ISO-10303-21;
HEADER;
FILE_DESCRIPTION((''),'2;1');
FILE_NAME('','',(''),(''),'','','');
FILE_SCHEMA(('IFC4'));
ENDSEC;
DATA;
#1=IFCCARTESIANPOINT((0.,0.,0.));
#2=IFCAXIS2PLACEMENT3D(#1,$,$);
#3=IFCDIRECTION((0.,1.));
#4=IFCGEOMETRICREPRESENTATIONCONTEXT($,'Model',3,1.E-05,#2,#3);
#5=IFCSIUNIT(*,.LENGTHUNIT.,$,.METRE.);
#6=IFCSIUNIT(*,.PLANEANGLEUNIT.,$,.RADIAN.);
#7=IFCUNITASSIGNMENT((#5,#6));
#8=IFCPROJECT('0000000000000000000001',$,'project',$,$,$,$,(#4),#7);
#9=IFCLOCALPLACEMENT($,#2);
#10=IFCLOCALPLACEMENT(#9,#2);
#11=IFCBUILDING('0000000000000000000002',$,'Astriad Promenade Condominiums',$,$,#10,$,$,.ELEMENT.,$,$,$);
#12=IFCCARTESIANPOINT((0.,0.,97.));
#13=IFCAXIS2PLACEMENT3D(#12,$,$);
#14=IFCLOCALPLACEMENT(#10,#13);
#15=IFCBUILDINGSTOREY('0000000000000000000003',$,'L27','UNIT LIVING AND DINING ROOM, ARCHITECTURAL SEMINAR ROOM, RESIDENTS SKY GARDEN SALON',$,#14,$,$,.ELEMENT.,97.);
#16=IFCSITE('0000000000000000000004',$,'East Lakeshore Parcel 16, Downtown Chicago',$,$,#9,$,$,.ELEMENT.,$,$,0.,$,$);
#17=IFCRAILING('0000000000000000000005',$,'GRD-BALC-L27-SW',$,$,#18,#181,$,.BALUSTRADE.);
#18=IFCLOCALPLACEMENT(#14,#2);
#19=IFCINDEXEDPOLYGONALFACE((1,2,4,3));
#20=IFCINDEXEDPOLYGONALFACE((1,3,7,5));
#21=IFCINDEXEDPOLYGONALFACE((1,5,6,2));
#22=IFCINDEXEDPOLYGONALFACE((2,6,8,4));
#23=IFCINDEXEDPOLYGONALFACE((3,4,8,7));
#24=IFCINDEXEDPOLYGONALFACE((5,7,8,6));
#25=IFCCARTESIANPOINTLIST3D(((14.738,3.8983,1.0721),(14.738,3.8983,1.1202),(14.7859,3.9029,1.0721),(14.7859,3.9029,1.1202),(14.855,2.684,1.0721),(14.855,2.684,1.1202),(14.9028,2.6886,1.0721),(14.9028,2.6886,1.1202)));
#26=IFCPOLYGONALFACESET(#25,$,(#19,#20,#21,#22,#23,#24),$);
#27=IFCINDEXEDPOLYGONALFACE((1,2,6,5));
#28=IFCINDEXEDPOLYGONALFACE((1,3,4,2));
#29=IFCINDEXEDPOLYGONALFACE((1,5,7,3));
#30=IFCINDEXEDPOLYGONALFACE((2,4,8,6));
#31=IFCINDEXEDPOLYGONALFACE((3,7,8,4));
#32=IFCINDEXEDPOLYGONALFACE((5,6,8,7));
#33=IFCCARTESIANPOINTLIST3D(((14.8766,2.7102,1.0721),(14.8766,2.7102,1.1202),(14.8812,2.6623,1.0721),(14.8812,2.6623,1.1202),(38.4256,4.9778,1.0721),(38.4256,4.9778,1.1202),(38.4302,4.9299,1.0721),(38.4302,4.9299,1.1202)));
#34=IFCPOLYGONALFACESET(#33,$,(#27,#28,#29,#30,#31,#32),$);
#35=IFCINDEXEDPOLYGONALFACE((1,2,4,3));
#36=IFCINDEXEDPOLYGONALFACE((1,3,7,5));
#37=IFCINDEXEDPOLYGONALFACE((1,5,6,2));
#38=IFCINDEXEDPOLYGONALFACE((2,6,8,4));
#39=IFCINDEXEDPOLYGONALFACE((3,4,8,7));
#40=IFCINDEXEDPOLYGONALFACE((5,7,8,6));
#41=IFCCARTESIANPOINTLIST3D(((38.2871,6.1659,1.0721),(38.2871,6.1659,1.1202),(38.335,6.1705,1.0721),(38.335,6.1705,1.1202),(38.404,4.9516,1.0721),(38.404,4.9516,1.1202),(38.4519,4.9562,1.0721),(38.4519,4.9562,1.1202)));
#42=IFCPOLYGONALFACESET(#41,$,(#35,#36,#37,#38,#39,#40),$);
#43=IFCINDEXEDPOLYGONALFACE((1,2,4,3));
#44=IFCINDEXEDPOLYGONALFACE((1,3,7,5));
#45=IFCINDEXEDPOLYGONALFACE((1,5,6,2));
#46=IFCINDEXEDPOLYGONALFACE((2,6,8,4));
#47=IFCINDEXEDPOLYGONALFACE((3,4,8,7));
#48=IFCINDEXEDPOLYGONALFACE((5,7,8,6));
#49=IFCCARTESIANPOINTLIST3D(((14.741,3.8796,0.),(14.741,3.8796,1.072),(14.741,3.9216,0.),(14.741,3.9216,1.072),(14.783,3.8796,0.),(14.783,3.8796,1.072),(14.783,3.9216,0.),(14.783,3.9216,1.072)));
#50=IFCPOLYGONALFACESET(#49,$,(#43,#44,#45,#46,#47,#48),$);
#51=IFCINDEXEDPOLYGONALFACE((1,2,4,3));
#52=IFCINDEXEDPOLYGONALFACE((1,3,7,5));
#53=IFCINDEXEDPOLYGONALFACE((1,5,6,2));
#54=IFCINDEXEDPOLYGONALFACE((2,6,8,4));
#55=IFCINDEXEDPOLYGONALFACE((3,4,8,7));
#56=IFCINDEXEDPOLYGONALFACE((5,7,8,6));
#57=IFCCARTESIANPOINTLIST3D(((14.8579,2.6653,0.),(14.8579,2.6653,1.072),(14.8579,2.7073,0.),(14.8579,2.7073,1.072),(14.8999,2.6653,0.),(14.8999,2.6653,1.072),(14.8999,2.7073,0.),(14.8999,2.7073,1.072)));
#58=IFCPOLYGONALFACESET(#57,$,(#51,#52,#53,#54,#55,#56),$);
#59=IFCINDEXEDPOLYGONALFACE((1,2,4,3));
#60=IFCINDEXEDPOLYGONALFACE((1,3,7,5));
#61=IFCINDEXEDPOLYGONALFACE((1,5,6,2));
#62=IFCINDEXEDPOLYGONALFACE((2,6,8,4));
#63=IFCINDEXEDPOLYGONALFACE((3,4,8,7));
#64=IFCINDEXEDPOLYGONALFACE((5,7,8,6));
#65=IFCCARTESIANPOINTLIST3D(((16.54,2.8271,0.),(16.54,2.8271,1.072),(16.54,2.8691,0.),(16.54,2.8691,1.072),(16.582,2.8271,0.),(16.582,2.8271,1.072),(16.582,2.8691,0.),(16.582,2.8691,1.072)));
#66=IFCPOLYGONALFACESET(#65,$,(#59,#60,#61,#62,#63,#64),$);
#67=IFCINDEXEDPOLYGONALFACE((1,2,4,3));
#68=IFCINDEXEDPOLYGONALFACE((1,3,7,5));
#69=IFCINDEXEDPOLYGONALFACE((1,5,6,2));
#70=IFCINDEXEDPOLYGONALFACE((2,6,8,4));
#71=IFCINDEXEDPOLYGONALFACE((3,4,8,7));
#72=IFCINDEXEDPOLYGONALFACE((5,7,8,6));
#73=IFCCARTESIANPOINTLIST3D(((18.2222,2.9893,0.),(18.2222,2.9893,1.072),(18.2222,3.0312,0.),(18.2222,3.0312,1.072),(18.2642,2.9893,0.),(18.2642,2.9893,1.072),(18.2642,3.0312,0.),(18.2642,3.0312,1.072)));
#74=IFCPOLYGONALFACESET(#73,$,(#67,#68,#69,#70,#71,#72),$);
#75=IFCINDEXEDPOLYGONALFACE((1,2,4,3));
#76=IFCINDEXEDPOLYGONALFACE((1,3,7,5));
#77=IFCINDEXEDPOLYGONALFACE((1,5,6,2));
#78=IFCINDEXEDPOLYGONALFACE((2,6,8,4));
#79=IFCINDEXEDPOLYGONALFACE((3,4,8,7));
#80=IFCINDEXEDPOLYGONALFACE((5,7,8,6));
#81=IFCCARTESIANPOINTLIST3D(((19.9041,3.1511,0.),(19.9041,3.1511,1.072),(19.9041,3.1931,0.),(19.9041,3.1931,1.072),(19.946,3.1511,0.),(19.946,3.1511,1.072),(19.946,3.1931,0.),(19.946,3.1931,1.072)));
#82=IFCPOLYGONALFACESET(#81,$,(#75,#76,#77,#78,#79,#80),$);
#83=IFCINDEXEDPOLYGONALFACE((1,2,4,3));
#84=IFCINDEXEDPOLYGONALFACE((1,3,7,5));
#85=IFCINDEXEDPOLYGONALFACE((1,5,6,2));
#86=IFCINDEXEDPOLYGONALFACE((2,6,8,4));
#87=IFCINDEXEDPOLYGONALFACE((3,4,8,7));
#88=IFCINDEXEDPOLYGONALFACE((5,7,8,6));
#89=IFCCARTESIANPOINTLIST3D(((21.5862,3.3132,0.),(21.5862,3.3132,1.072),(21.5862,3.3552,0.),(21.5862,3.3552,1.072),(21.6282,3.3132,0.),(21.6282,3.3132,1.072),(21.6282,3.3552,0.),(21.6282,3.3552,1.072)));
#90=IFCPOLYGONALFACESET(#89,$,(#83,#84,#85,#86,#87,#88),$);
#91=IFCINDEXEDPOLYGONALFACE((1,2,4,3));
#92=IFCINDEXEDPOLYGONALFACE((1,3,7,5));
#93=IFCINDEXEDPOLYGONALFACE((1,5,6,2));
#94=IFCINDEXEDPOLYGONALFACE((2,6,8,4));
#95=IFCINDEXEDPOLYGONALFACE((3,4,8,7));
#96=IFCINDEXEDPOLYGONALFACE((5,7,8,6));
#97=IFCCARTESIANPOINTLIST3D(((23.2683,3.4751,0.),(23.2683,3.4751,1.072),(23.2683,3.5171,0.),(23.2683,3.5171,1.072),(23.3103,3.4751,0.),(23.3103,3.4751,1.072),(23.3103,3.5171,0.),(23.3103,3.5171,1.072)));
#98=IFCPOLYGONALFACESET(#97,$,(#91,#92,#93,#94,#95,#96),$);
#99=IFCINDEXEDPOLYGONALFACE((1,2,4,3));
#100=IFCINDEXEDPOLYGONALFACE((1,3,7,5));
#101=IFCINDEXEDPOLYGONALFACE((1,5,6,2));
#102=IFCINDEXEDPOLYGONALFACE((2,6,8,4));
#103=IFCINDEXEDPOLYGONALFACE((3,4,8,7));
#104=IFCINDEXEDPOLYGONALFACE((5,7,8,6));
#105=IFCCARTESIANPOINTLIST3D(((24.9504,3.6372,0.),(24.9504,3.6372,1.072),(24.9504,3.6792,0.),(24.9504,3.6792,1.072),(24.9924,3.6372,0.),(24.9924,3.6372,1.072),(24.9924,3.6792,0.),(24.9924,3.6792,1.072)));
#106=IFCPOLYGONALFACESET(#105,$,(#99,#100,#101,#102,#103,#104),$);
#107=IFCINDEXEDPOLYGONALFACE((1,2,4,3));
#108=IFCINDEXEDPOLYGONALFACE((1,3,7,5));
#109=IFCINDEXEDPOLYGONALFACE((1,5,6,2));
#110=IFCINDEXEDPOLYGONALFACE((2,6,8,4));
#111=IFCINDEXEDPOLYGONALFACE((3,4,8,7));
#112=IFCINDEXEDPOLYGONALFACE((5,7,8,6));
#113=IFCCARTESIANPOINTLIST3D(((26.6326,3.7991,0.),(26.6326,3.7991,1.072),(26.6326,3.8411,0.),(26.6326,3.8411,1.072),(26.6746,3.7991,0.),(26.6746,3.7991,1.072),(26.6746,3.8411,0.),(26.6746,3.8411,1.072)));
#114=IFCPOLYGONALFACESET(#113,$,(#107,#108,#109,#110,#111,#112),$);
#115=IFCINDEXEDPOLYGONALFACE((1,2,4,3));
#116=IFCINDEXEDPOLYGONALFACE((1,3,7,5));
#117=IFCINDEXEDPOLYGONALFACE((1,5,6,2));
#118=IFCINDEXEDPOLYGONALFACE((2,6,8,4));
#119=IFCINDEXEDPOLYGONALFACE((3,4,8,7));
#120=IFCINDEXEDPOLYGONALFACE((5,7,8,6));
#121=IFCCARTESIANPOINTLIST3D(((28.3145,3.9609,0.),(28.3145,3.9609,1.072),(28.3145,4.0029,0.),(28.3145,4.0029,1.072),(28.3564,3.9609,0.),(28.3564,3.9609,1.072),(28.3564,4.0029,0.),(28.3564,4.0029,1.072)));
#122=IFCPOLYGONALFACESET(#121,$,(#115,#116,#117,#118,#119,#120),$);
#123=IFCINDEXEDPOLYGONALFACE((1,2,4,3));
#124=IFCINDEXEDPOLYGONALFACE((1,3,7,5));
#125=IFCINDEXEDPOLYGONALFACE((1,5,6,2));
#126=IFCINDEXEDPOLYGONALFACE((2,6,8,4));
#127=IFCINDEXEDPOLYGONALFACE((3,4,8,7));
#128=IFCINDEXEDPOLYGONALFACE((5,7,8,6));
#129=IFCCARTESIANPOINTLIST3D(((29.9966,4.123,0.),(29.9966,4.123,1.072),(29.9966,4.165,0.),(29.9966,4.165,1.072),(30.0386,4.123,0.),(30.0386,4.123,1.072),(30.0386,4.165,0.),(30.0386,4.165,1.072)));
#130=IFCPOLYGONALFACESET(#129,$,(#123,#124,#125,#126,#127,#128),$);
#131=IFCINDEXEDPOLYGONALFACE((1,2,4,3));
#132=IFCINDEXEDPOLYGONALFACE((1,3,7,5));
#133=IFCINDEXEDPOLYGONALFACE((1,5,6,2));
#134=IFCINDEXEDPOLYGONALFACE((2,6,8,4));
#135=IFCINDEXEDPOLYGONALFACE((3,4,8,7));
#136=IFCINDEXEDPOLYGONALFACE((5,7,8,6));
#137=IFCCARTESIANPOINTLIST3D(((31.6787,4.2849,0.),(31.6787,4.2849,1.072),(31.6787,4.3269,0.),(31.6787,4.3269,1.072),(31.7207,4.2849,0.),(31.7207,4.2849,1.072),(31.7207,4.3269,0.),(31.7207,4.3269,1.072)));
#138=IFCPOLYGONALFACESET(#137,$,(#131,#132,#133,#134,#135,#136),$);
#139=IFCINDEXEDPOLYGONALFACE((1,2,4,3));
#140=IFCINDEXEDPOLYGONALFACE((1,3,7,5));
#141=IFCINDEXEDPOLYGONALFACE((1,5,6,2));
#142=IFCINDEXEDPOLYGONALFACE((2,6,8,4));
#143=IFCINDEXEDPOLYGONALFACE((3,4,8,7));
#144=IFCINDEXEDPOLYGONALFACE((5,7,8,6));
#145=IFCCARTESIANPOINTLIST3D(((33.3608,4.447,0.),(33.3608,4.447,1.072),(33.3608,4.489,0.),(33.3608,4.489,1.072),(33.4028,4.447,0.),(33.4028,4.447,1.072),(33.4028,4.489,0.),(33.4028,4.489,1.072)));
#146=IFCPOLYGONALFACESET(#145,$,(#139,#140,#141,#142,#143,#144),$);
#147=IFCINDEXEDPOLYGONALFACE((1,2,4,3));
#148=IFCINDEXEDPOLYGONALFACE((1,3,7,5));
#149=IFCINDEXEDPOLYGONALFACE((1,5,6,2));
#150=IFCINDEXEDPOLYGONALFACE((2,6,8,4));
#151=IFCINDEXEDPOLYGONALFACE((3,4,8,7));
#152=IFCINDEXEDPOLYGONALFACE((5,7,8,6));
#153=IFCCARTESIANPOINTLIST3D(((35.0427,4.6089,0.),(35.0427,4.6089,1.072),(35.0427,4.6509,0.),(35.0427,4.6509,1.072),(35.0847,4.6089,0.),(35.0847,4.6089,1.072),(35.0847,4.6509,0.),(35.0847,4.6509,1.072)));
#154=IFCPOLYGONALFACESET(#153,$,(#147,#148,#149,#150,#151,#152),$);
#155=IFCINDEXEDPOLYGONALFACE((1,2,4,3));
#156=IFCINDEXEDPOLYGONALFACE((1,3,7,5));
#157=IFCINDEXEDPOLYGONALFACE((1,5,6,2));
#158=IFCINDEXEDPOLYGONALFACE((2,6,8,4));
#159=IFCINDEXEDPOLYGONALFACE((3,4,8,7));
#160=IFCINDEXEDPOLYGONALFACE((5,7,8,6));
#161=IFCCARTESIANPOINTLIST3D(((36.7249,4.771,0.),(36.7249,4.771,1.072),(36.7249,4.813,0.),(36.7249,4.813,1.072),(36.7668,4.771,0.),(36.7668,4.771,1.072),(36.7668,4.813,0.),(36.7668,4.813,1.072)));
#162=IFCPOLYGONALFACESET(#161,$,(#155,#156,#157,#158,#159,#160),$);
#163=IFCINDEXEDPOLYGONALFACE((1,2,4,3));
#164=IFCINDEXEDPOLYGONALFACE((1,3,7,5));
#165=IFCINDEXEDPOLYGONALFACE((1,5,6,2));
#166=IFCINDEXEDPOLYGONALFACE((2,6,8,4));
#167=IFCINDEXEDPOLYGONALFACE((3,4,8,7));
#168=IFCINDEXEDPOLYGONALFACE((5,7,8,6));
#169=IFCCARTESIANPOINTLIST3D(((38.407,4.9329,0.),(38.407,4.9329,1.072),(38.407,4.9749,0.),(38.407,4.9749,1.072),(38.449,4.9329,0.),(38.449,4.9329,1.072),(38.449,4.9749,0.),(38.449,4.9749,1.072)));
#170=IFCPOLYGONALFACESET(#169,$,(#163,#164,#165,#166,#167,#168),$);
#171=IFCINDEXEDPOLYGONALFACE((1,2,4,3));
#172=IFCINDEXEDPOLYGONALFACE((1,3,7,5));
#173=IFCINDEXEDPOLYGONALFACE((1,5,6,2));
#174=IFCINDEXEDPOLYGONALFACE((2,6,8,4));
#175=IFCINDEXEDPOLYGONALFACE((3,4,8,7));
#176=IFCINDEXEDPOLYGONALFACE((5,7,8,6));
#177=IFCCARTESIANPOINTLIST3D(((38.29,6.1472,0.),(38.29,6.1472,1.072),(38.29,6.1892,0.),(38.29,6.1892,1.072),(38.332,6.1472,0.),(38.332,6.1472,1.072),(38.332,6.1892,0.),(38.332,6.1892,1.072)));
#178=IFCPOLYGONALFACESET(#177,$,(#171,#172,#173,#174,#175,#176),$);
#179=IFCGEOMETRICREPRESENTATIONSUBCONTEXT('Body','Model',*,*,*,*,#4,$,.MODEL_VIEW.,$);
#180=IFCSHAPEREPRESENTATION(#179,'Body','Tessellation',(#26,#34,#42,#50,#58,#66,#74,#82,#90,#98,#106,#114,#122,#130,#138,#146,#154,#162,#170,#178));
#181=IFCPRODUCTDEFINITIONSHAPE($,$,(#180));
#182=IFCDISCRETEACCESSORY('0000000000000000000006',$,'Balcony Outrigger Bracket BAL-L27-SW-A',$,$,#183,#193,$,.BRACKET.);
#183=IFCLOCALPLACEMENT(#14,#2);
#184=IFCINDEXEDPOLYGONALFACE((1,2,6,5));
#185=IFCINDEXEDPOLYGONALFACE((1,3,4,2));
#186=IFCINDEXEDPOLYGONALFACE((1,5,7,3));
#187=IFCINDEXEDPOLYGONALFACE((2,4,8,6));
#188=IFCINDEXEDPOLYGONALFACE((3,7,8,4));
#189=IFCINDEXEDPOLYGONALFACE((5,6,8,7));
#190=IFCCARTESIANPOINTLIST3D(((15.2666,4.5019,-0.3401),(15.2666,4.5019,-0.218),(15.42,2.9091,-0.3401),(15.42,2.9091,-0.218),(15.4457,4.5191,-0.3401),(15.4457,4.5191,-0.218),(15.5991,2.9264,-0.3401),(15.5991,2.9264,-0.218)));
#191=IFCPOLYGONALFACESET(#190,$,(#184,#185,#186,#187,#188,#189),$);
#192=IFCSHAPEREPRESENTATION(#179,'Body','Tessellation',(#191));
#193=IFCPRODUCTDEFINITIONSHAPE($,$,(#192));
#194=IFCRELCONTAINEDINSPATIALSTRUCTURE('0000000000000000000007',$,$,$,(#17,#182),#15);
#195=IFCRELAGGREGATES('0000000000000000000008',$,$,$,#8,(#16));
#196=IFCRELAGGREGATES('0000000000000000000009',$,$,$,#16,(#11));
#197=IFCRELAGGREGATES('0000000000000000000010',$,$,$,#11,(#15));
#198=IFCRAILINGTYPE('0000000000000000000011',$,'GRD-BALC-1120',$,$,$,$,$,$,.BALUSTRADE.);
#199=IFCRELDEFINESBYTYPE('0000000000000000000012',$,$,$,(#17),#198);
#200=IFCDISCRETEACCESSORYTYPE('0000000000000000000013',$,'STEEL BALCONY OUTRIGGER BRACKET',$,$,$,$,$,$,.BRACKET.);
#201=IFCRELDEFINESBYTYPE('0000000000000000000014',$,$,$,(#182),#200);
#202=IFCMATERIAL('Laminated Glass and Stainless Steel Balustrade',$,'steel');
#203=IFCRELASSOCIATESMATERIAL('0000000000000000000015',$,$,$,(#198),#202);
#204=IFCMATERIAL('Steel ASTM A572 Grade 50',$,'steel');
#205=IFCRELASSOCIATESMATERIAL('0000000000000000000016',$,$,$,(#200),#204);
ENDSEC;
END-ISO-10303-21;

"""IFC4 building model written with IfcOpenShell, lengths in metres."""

from ifc_helpers import new_model, si_unit, direction, frame, origin, origin_2d, place, context, subcontext, project, spatial, rectangle, extrude, source, transform, mapped, material, type_object, type_shapes, element, save


model = new_model("IFC4")

# Units and contexts
model_context = context("Model", 3, precision=1e-05, world=origin(), true_north=direction((0.0, 1.0)))
body_context = subcontext(model_context, "Body", "Model", "MODEL_VIEW")
ifc_project = project(units=[si_unit("LENGTHUNIT", "METRE"), si_unit("PLANEANGLEUNIT", "RADIAN")], contexts=[model_context])

# Site, building, storey
site_placement = place(None, origin())
site = spatial("IfcSite", under=ifc_project, at=site_placement, Name="East Lakeshore Parcel 16, Downtown Chicago", CompositionType="ELEMENT", RefElevation=0.0)
building_placement = place(site_placement, origin())
building = spatial("IfcBuilding", under=site, at=building_placement, Name="Astriad Promenade Condominiums", CompositionType="ELEMENT")
storey_placement = place(building_placement, frame((0.0, 0.0, 97.0)))
storey = spatial("IfcBuildingStorey", under=building, at=storey_placement, Name="L27", Description="UNIT LIVING AND DINING ROOM, ARCHITECTURAL SEMINAR ROOM, RESIDENTS SKY GARDEN SALON", CompositionType="ELEMENT", Elevation=97.0)

# Railing
ifc_material_1 = material(Name="Laminated Glass and Stainless Steel Balustrade", Category="steel")
railing_type = type_object("IfcRailingType", Name="GRD-BALC-1120", PredefinedType="BALUSTRADE", material=ifc_material_1)
shared_shape_1 = source(origin(), body_context, "Body", "SweptSolid", [
    extrude(rectangle(XDim=0.0481, YDim=0.0481, at=origin_2d()), frame((0.0, 0.0, 1.0962), z_axis=(0.095857, -0.995395, 0.0), x_axis=(0.995395, 0.095857, 0.0)), (0.0, 0.0, 1.0), 1.22),
    extrude(rectangle(XDim=0.0481, YDim=0.0481, at=origin_2d()), frame((0.1169, -1.2144, 1.0962), z_axis=(0.995396, 0.095848, 0.0), x_axis=(-0.095848, 0.995396, 0.0)), (0.0, 0.0, 1.0), 23.658),
    extrude(rectangle(XDim=0.0481, YDim=0.0481, at=origin_2d()), frame((23.666, 1.0532, 1.0962), z_axis=(-0.095857, 0.995395, 0.0), x_axis=(-0.995395, -0.095857, 0.0)), (0.0, 0.0, 1.0), 1.22),
    extrude(rectangle(XDim=0.042, YDim=0.042, at=origin_2d()), origin(), (0.0, 0.0, 1.0), 1.072),
    extrude(rectangle(XDim=0.042, YDim=0.042, at=origin_2d()), frame((0.1169, -1.2144, 0.0)), (0.0, 0.0, 1.0), 1.072),
    extrude(rectangle(XDim=0.042, YDim=0.042, at=origin_2d()), frame((1.7991, -1.0525, 0.0)), (0.0, 0.0, 1.0), 1.072),
    extrude(rectangle(XDim=0.042, YDim=0.042, at=origin_2d()), frame((3.4812, -0.8904, 0.0)), (0.0, 0.0, 1.0), 1.072),
    extrude(rectangle(XDim=0.042, YDim=0.042, at=origin_2d()), frame((5.1631, -0.7285, 0.0)), (0.0, 0.0, 1.0), 1.072),
    extrude(rectangle(XDim=0.042, YDim=0.042, at=origin_2d()), frame((6.8452, -0.5664, 0.0)), (0.0, 0.0, 1.0), 1.072),
    extrude(rectangle(XDim=0.042, YDim=0.042, at=origin_2d()), frame((8.5273, -0.4045, 0.0)), (0.0, 0.0, 1.0), 1.072),
    extrude(rectangle(XDim=0.042, YDim=0.042, at=origin_2d()), frame((10.2095, -0.2424, 0.0)), (0.0, 0.0, 1.0), 1.072),
    extrude(rectangle(XDim=0.042, YDim=0.042, at=origin_2d()), frame((11.8916, -0.0806, 0.0)), (0.0, 0.0, 1.0), 1.072),
    extrude(rectangle(XDim=0.042, YDim=0.042, at=origin_2d()), frame((13.5735, 0.0813, 0.0)), (0.0, 0.0, 1.0), 1.072),
    extrude(rectangle(XDim=0.042, YDim=0.042, at=origin_2d()), frame((15.2556, 0.2434, 0.0)), (0.0, 0.0, 1.0), 1.072),
    extrude(rectangle(XDim=0.042, YDim=0.042, at=origin_2d()), frame((16.9377, 0.4053, 0.0)), (0.0, 0.0, 1.0), 1.072),
    extrude(rectangle(XDim=0.042, YDim=0.042, at=origin_2d()), frame((18.6199, 0.5674, 0.0)), (0.0, 0.0, 1.0), 1.072),
    extrude(rectangle(XDim=0.042, YDim=0.042, at=origin_2d()), frame((20.3018, 0.7292, 0.0)), (0.0, 0.0, 1.0), 1.072),
    extrude(rectangle(XDim=0.042, YDim=0.042, at=origin_2d()), frame((21.9839, 0.8914, 0.0)), (0.0, 0.0, 1.0), 1.072),
    extrude(rectangle(XDim=0.042, YDim=0.042, at=origin_2d()), frame((23.666, 1.0532, 0.0)), (0.0, 0.0, 1.0), 1.072),
    extrude(rectangle(XDim=0.042, YDim=0.042, at=origin_2d()), frame((23.5491, 2.2676, 0.0)), (0.0, 0.0, 1.0), 1.072),
])
type_shapes(railing_type, [shared_shape_1])
railing_placement = place(storey_placement, frame((14.762, 3.9006, 0.0)))
element("IfcRailing", 1, at=railing_placement, inside=storey, type_object=railing_type, Name="GRD-BALC-L27-SW", PredefinedType="BALUSTRADE", context=body_context, shape_type="MappedRepresentation", body=[
    mapped(shared_shape_1, transform((0.0, 0.0, 0.0), scale=1.0)),
])

# Discrete accessory
ifc_material_2 = material(Name="Steel ASTM A572 Grade 50", Category="steel")
discrete_accessory_type = type_object("IfcDiscreteAccessoryType", Name="STEEL BALCONY OUTRIGGER BRACKET", PredefinedType="BRACKET", material=ifc_material_2)
shared_shape_2 = source(origin(), body_context, "Body", "SweptSolid", [
    extrude(rectangle(XDim=1.6001, YDim=0.1799, at=origin_2d()), origin(), (0.0, 0.0, 1.0), 0.1221),
])
type_shapes(discrete_accessory_type, [shared_shape_2])
discrete_accessory_placement = place(storey_placement, frame((15.4329, 3.7141, -0.3401), z_axis=(0.0, 0.0, 1.0), x_axis=(0.095846, -0.995396, 0.0)))
element("IfcDiscreteAccessory", 2, at=discrete_accessory_placement, inside=storey, type_object=discrete_accessory_type, Name="Balcony Outrigger Bracket BAL-L27-SW-A", PredefinedType="BRACKET", context=body_context, shape_type="MappedRepresentation", body=[
    mapped(shared_shape_2, transform((0.0, 0.0, 0.0), scale=1.0)),
])

save(model, "model.ifc")
